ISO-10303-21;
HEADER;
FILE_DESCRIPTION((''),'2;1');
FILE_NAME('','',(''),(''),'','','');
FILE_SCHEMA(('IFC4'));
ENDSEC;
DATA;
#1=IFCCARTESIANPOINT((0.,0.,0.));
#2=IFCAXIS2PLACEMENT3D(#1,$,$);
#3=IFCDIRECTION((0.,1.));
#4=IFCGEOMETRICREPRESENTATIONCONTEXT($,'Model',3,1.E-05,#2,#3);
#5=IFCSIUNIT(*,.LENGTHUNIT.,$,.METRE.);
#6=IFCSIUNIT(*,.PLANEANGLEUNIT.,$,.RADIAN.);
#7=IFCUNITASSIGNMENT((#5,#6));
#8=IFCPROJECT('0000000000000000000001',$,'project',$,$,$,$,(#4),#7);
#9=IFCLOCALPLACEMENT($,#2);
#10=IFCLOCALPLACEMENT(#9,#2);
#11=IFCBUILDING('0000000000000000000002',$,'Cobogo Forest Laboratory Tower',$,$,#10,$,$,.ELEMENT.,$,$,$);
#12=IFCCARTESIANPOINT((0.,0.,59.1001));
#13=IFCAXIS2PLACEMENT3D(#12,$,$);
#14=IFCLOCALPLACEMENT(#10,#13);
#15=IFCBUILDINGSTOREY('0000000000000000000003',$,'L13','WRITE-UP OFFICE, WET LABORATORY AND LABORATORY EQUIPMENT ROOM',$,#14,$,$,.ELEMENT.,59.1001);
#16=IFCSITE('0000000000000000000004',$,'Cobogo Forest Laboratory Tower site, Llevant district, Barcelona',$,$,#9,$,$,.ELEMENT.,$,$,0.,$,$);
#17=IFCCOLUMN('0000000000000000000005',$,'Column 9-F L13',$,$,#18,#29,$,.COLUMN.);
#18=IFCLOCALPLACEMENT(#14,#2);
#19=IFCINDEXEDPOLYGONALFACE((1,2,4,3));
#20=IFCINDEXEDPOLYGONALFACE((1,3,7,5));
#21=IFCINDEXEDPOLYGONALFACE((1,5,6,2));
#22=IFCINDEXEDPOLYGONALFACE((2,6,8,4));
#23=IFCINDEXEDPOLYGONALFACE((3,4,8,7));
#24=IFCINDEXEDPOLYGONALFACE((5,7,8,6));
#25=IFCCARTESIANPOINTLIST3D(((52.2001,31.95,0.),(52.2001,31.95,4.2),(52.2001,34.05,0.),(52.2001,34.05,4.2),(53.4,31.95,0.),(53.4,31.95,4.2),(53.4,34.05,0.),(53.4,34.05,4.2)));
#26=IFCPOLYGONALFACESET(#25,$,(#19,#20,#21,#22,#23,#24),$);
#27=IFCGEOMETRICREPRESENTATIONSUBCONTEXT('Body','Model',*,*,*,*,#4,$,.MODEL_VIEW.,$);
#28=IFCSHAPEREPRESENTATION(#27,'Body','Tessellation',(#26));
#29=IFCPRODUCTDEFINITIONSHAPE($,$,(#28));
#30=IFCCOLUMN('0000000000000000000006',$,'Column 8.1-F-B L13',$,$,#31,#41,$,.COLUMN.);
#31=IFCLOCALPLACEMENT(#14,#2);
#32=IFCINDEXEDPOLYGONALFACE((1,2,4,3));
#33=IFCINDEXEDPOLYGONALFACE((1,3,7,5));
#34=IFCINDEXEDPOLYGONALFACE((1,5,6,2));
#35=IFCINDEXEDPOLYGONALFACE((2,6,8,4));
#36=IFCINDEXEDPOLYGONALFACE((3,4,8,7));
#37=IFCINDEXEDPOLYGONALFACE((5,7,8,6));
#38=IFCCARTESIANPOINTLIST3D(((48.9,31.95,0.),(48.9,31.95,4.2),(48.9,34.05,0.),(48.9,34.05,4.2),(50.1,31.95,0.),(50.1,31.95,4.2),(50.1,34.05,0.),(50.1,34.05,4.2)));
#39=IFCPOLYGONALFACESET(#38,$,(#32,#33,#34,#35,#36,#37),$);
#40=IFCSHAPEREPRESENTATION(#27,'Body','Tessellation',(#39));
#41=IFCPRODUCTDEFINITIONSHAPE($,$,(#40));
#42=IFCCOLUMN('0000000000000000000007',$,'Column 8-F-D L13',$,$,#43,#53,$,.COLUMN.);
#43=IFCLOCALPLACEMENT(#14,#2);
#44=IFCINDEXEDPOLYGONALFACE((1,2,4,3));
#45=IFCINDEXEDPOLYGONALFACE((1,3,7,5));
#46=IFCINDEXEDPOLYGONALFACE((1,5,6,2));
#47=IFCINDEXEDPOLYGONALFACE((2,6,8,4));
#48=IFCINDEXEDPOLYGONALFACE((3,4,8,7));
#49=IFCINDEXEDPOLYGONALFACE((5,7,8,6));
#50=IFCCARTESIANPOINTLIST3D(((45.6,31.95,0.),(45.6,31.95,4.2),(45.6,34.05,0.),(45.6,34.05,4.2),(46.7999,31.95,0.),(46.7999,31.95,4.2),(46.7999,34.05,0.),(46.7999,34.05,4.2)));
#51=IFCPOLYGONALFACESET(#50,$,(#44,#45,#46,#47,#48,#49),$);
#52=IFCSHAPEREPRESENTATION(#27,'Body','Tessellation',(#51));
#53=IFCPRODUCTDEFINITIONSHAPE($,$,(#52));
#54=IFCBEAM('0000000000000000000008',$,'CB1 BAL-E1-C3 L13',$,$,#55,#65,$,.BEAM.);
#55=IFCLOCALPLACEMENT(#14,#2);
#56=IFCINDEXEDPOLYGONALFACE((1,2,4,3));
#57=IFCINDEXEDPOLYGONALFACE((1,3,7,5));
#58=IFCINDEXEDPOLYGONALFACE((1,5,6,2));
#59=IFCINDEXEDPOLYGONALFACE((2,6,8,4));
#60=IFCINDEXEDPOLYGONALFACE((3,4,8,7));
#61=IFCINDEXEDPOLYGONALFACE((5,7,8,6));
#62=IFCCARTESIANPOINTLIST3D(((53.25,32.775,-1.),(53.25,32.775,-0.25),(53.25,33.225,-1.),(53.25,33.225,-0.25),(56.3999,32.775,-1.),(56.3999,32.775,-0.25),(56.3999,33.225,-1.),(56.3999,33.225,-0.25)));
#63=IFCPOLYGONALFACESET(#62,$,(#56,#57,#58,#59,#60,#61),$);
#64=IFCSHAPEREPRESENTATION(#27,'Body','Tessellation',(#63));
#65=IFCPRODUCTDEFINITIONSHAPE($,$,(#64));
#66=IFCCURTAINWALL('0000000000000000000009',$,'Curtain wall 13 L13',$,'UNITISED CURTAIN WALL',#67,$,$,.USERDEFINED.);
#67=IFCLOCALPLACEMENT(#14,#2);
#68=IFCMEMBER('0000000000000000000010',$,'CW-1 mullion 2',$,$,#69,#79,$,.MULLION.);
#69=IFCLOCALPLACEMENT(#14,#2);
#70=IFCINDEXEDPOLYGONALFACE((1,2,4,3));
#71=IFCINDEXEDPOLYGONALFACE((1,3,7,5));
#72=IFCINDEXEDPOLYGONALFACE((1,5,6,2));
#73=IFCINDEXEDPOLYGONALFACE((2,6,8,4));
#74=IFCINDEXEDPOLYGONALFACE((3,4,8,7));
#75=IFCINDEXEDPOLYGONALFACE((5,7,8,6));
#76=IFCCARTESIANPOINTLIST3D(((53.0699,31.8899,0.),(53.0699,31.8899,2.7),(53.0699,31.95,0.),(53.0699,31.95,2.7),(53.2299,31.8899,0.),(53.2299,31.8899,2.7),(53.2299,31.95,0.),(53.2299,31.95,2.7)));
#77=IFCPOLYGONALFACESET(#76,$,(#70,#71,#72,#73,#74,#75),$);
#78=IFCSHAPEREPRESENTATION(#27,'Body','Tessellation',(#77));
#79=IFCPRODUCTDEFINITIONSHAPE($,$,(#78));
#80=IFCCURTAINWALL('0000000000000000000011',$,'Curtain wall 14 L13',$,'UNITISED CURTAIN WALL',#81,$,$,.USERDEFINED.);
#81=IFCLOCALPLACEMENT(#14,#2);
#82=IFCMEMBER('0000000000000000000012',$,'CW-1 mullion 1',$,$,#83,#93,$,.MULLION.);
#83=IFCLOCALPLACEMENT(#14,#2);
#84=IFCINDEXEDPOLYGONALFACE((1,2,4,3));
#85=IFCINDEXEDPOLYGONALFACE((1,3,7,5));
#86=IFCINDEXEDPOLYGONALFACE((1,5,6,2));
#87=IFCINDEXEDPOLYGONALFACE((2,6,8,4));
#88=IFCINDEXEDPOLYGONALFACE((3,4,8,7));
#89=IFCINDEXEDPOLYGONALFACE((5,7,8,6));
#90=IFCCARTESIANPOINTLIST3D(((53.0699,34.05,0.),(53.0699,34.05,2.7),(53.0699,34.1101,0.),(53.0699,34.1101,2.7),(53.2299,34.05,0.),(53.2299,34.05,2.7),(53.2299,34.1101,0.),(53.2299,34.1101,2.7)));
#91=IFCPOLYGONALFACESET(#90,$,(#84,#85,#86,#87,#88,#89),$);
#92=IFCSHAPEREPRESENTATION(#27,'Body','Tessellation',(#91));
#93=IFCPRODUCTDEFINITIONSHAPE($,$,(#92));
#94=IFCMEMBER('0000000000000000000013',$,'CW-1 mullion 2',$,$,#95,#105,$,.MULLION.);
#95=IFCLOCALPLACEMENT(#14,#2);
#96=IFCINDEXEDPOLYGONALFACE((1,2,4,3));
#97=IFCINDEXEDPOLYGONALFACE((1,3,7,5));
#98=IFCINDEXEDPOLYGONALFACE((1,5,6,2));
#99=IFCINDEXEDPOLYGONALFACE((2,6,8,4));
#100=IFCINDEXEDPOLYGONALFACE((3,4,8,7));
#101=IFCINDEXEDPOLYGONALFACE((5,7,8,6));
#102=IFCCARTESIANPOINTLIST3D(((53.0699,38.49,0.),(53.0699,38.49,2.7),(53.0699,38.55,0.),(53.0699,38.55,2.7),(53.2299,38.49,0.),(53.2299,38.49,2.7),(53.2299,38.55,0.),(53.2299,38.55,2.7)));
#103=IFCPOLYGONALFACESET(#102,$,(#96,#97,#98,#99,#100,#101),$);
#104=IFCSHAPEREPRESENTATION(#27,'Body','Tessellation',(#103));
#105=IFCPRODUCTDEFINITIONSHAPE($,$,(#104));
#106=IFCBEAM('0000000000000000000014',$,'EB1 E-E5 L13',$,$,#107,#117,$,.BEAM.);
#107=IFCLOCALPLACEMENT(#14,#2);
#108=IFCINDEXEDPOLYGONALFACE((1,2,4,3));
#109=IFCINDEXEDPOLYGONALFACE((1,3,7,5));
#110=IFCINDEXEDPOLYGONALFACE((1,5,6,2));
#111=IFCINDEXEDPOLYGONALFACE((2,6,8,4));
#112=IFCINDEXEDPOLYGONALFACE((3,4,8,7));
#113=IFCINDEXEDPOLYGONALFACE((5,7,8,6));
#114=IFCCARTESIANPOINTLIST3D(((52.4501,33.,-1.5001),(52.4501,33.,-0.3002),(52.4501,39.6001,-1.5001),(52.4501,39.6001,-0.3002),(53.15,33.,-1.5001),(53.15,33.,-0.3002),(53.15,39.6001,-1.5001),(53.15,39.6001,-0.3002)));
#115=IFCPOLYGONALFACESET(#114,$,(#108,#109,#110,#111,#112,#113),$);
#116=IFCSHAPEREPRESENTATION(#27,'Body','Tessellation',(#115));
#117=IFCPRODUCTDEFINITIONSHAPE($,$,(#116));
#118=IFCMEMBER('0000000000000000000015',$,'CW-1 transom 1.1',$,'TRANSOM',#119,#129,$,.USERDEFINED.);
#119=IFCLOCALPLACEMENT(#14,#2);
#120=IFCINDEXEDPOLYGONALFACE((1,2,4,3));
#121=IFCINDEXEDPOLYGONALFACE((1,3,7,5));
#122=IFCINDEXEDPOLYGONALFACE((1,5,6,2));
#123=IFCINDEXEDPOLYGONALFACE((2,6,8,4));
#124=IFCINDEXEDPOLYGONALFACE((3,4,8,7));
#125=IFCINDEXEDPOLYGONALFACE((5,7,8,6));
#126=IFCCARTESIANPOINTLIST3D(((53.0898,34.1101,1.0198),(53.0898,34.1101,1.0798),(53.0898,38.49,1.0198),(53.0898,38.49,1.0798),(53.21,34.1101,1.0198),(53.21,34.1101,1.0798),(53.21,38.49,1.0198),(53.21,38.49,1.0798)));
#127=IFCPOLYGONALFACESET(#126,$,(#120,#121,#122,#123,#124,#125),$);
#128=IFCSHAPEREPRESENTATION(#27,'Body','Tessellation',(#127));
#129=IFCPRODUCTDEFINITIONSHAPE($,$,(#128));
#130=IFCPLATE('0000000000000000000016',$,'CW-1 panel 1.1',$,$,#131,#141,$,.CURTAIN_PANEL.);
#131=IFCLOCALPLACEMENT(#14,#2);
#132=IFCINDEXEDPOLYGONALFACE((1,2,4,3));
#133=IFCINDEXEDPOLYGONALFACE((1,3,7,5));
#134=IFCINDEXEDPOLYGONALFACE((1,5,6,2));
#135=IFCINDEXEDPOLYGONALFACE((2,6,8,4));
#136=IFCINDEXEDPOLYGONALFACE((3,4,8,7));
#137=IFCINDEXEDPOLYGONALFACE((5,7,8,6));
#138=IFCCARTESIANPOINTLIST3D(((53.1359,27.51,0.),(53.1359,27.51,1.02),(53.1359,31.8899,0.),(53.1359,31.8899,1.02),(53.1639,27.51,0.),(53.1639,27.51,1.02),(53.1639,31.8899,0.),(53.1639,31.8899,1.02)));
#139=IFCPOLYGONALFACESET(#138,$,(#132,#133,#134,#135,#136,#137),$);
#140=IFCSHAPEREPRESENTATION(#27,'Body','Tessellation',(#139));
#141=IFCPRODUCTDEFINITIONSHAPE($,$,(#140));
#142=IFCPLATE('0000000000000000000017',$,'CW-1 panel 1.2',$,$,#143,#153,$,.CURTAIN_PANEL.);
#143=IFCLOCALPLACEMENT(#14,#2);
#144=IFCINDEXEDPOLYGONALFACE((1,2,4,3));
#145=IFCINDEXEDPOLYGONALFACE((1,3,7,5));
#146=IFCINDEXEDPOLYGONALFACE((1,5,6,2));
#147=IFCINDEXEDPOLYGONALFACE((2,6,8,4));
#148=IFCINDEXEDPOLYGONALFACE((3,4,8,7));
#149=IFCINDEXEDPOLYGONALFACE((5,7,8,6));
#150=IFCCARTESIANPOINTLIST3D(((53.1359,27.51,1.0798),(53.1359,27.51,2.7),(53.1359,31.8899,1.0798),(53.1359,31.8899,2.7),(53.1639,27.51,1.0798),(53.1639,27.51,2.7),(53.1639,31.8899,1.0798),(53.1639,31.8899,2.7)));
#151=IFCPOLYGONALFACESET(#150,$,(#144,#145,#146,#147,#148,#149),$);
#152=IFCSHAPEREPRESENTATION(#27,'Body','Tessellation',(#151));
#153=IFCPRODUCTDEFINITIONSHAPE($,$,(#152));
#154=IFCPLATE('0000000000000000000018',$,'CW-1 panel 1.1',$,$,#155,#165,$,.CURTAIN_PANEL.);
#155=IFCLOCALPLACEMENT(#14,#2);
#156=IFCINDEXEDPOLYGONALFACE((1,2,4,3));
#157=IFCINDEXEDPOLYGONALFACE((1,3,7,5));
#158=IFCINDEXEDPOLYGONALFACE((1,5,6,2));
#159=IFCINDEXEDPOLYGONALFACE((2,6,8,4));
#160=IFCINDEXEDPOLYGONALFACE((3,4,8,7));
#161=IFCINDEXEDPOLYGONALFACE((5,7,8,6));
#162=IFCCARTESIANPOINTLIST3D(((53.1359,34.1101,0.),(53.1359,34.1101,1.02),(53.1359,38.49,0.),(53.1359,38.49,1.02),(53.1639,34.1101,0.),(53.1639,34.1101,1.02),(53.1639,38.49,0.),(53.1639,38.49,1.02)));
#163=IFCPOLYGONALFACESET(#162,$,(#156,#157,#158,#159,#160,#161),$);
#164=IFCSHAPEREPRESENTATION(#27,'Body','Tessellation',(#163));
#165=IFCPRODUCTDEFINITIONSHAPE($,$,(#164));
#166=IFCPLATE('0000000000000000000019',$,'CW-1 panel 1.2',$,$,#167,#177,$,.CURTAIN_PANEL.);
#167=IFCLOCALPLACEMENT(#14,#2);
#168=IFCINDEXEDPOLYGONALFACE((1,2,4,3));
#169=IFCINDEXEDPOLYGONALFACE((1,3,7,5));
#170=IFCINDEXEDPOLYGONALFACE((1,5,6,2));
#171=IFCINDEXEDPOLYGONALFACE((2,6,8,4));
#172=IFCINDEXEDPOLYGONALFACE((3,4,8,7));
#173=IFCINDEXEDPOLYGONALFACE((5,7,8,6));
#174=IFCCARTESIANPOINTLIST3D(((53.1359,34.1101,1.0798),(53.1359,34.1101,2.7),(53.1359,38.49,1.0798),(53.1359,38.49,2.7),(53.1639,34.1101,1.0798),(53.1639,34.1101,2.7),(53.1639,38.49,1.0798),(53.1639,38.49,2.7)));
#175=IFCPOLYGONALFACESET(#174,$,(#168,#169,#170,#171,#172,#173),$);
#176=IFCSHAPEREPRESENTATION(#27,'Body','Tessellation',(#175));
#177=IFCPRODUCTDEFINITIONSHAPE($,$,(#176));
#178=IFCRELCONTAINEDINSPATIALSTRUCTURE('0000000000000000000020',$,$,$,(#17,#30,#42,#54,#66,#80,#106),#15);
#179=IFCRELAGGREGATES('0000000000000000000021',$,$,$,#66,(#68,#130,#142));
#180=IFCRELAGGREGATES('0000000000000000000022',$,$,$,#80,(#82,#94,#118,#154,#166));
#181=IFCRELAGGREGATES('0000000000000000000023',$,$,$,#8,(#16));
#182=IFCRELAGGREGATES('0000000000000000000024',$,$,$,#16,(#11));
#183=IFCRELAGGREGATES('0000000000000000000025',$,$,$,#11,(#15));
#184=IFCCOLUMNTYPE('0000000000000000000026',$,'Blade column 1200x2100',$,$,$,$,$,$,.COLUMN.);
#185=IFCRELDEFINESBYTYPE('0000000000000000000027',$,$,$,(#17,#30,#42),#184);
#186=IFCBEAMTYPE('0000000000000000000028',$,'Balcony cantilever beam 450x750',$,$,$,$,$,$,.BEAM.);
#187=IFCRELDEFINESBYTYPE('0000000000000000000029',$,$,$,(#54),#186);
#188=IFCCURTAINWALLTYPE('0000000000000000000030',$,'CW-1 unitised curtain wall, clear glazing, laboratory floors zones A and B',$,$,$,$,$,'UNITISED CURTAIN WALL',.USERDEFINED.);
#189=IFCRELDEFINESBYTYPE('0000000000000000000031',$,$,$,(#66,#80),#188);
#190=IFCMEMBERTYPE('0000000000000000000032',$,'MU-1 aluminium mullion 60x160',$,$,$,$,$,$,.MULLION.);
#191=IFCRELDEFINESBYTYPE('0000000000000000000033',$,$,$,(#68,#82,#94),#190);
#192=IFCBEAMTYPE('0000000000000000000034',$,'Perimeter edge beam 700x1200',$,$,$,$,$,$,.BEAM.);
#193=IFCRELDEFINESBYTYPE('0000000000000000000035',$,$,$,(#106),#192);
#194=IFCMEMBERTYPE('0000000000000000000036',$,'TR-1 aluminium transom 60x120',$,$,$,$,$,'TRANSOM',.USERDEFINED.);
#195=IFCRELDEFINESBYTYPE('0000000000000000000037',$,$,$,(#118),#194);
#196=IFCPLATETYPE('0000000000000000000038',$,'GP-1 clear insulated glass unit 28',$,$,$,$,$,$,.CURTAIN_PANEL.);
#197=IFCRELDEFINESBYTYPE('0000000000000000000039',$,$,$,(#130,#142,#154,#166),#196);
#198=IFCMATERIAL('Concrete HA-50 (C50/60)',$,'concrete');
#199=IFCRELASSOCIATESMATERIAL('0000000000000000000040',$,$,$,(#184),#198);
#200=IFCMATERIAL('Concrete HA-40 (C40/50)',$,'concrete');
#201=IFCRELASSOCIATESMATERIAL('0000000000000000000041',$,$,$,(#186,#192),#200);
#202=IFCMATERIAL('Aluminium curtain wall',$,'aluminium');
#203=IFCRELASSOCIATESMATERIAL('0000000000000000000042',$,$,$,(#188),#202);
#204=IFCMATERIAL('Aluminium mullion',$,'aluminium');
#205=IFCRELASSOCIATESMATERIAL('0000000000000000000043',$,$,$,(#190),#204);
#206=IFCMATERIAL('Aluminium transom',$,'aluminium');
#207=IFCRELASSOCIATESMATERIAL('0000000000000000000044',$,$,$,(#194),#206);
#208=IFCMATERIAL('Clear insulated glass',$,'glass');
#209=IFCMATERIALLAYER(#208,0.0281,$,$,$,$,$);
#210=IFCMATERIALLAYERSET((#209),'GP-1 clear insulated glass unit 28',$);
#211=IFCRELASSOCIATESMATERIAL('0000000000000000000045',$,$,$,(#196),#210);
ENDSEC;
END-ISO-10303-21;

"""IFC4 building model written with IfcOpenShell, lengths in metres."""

from ifc_helpers import new_model, si_unit, direction, frame, origin, origin_2d, place, context, subcontext, project, spatial, rectangle, extrude, material, layer, layer_set, material_profile, profile_set, type_object, element, aggregate, save


model = new_model("IFC4")

# Units and contexts
model_context = context("Model", 3, precision=1e-05, world=origin(), true_north=direction((0.0, 1.0)))
body_context = subcontext(model_context, "Body", "Model", "MODEL_VIEW")
ifc_project = project(units=[si_unit("LENGTHUNIT", "METRE"), si_unit("PLANEANGLEUNIT", "RADIAN")], contexts=[model_context])

# Site, building, storey
site_placement = place(None, origin())
site = spatial("IfcSite", under=ifc_project, at=site_placement, Name="Cobogo Forest Laboratory Tower site, Llevant district, Barcelona", CompositionType="ELEMENT", RefElevation=0.0)
building_placement = place(site_placement, origin())
building = spatial("IfcBuilding", under=site, at=building_placement, Name="Cobogo Forest Laboratory Tower", CompositionType="ELEMENT")
storey_placement = place(building_placement, frame((0.0, 0.0, 59.1001)))
storey = spatial("IfcBuildingStorey", under=building, at=storey_placement, Name="L13", Description="WRITE-UP OFFICE, WET LABORATORY AND LABORATORY EQUIPMENT ROOM", CompositionType="ELEMENT", Elevation=59.1001)

# Columns
ifc_material_1 = material(Name="Concrete HA-50 (C50/60)", Category="concrete")
ifc_material_profile_1 = material_profile(ifc_material_1, rectangle(XDim=2.1001, YDim=1.2, at=origin_2d()), Name="RC 1200x2100")
ifc_profile_set_1 = profile_set([ifc_material_profile_1], Name="Concrete HA-50 (C50/60)")
column_type = type_object("IfcColumnType", Name="Blade column 1200x2100", PredefinedType="COLUMN", material=ifc_profile_set_1)
for number, where, z_axis, x_axis, name in (
    (1, (52.8, 33.0, 0.0), (0.0, 0.0, 1.0), (0.0, 1.0, 0.0), "Column 9-F L13"),
    (2, (49.5, 33.0, 0.0), (0.0, 0.0, 1.0), (0.0, 1.0, 0.0), "Column 8.1-F-B L13"),
    (3, (46.2, 33.0, 0.0), (0.0, 0.0, 1.0), (0.0, 1.0, 0.0), "Column 8-F-D L13"),
):
    element("IfcColumn", number, at=place(storey_placement, frame(where, z_axis=z_axis, x_axis=x_axis)), inside=storey, type_object=column_type, Name=name, PredefinedType="COLUMN", context=body_context, shape_type="SweptSolid", body=[
        extrude(rectangle(XDim=2.1001, YDim=1.2, at=origin_2d()), origin(), (0.0, 0.0, 1.0), 4.2),
    ])

# Beam
ifc_material_2 = material(Name="Concrete HA-40 (C40/50)", Category="concrete")
ifc_material_profile_2 = material_profile(ifc_material_2, rectangle(XDim=0.45, YDim=0.75, at=origin_2d()), Name="RC 450x750")
ifc_profile_set_2 = profile_set([ifc_material_profile_2], Name="Concrete HA-40 (C40/50)")
beam_type_1 = type_object("IfcBeamType", Name="Balcony cantilever beam 450x750", PredefinedType="BEAM", material=ifc_profile_set_2)
beam_1_placement = place(storey_placement, frame((53.25, 33.0, -0.625), z_axis=(1.0, 0.0, 0.0), x_axis=(0.0, 1.0, 0.0)))
element("IfcBeam", 4, at=beam_1_placement, inside=storey, type_object=beam_type_1, Name="CB1 BAL-E1-C3 L13", PredefinedType="BEAM", context=body_context, shape_type="SweptSolid", body=[
    extrude(rectangle(XDim=0.45, YDim=0.75, at=origin_2d()), origin(), (0.0, 0.0, 1.0), 3.1499),
])

# Curtain wall, member
ifc_material_3 = material(Name="Aluminium curtain wall", Category="aluminium")
curtain_wall_type = type_object("IfcCurtainWallType", Name="CW-1 unitised curtain wall, clear glazing, laboratory floors zones A and B", ElementType="UNITISED CURTAIN WALL", PredefinedType="USERDEFINED", material=ifc_material_3)
curtain_wall_1_placement = place(storey_placement, origin())
curtain_wall_1 = element("IfcCurtainWall", 5, at=curtain_wall_1_placement, inside=storey, type_object=curtain_wall_type, Name="Curtain wall 13 L13", ObjectType="UNITISED CURTAIN WALL", PredefinedType="USERDEFINED")
ifc_material_4 = material(Name="Aluminium mullion", Category="aluminium")
ifc_material_profile_3 = material_profile(ifc_material_4, rectangle(XDim=0.0601, YDim=0.1599, at=origin_2d()), Name="AL 60x160")
ifc_profile_set_3 = profile_set([ifc_material_profile_3], Name="Aluminium mullion")
member_type_1 = type_object("IfcMemberType", Name="MU-1 aluminium mullion 60x160", PredefinedType="MULLION", material=ifc_profile_set_3)
member_1_placement = place(storey_placement, frame((53.1499, 31.9199, 0.0), z_axis=(0.0, 0.0, 1.0), x_axis=(0.0, 1.0, 0.0)))
member_1 = element("IfcMember", 6, at=member_1_placement, type_object=member_type_1, Name="CW-1 mullion 2", PredefinedType="MULLION", context=body_context, shape_type="SweptSolid", body=[
    extrude(rectangle(XDim=0.0601, YDim=0.1599, at=origin_2d()), origin(), (0.0, 0.0, 1.0), 2.7),
])

# Curtain wall, members
curtain_wall_2_placement = place(storey_placement, origin())
curtain_wall_2 = element("IfcCurtainWall", 7, at=curtain_wall_2_placement, inside=storey, type_object=curtain_wall_type, Name="Curtain wall 14 L13", ObjectType="UNITISED CURTAIN WALL", PredefinedType="USERDEFINED")
member_2_placement = place(storey_placement, frame((53.1499, 34.0801, 0.0), z_axis=(0.0, 0.0, 1.0), x_axis=(0.0, 1.0, 0.0)))
member_2 = element("IfcMember", 8, at=member_2_placement, type_object=member_type_1, Name="CW-1 mullion 1", PredefinedType="MULLION", context=body_context, shape_type="SweptSolid", body=[
    extrude(rectangle(XDim=0.0601, YDim=0.1599, at=origin_2d()), origin(), (0.0, 0.0, 1.0), 2.7),
])
member_3_placement = place(storey_placement, frame((53.1499, 38.52, 0.0), z_axis=(0.0, 0.0, 1.0), x_axis=(0.0, 1.0, 0.0)))
member_3 = element("IfcMember", 9, at=member_3_placement, type_object=member_type_1, Name="CW-1 mullion 2", PredefinedType="MULLION", context=body_context, shape_type="SweptSolid", body=[
    extrude(rectangle(XDim=0.0601, YDim=0.1599, at=origin_2d()), origin(), (0.0, 0.0, 1.0), 2.7),
])

# Beam
ifc_material_profile_4 = material_profile(ifc_material_2, rectangle(XDim=0.7, YDim=1.2, at=origin_2d()), Name="RC 700x1200")
ifc_profile_set_4 = profile_set([ifc_material_profile_4], Name="Concrete HA-40 (C40/50)")
beam_type_2 = type_object("IfcBeamType", Name="Perimeter edge beam 700x1200", PredefinedType="BEAM", material=ifc_profile_set_4)
beam_2_placement = place(storey_placement, frame((52.8, 33.0, -0.9001), z_axis=(0.0, 1.0, 0.0), x_axis=(-1.0, 0.0, 0.0)))
element("IfcBeam", 10, at=beam_2_placement, inside=storey, type_object=beam_type_2, Name="EB1 E-E5 L13", PredefinedType="BEAM", context=body_context, shape_type="SweptSolid", body=[
    extrude(rectangle(XDim=0.7, YDim=1.2, at=origin_2d()), origin(), (0.0, 0.0, 1.0), 6.6001),
])

# Member
ifc_material_5 = material(Name="Aluminium transom", Category="aluminium")
ifc_material_profile_5 = material_profile(ifc_material_5, rectangle(XDim=0.1201, YDim=0.0601, at=origin_2d()), Name="AL 60x120")
ifc_profile_set_5 = profile_set([ifc_material_profile_5], Name="Aluminium transom")
member_type_2 = type_object("IfcMemberType", Name="TR-1 aluminium transom 60x120", ElementType="TRANSOM", PredefinedType="USERDEFINED", material=ifc_profile_set_5)
member_4_placement = place(storey_placement, frame((53.1499, 34.1101, 1.0498), z_axis=(0.0, 1.0, 0.0), x_axis=(-1.0, 0.0, 0.0)))
member_4 = element("IfcMember", 11, at=member_4_placement, type_object=member_type_2, Name="CW-1 transom 1.1", ObjectType="TRANSOM", PredefinedType="USERDEFINED", context=body_context, shape_type="SweptSolid", body=[
    extrude(rectangle(XDim=0.1201, YDim=0.0601, at=origin_2d()), origin(), (0.0, 0.0, 1.0), 4.3799),
])

# Plates
ifc_material_6 = material(Name="Clear insulated glass", Category="glass")
ifc_layer_1 = layer(ifc_material_6, 0.0281)
ifc_layer_set_1 = layer_set([ifc_layer_1], Name="GP-1 clear insulated glass unit 28")
plate_type_1 = type_object("IfcPlateType", Name="GP-1 clear insulated glass unit 28", PredefinedType="CURTAIN_PANEL", material=ifc_layer_set_1)
plate_1_placement = place(storey_placement, frame((53.1499, 29.7, 0.0), z_axis=(0.0, 0.0, 1.0), x_axis=(0.0, 1.0, 0.0)))
plate_1 = element("IfcPlate", 12, at=plate_1_placement, type_object=plate_type_1, Name="CW-1 panel 1.1", PredefinedType="CURTAIN_PANEL", context=body_context, shape_type="SweptSolid", body=[
    extrude(rectangle(XDim=4.3799, YDim=0.0281, at=origin_2d()), origin(), (0.0, 0.0, 1.0), 1.02),
])
plate_2_placement = place(storey_placement, frame((53.1499, 29.7, 1.0798), z_axis=(0.0, 0.0, 1.0), x_axis=(0.0, 1.0, 0.0)))
plate_2 = element("IfcPlate", 13, at=plate_2_placement, type_object=plate_type_1, Name="CW-1 panel 1.2", PredefinedType="CURTAIN_PANEL", context=body_context, shape_type="SweptSolid", body=[
    extrude(rectangle(XDim=4.3799, YDim=0.0281, at=origin_2d()), origin(), (0.0, 0.0, 1.0), 1.6201),
])
aggregate(curtain_wall_1, [member_1, plate_1, plate_2])
plate_3_placement = place(storey_placement, frame((53.1499, 36.3, 0.0), z_axis=(0.0, 0.0, 1.0), x_axis=(0.0, 1.0, 0.0)))
plate_3 = element("IfcPlate", 14, at=plate_3_placement, type_object=plate_type_1, Name="CW-1 panel 1.1", PredefinedType="CURTAIN_PANEL", context=body_context, shape_type="SweptSolid", body=[
    extrude(rectangle(XDim=4.3799, YDim=0.0281, at=origin_2d()), origin(), (0.0, 0.0, 1.0), 1.02),
])
plate_4_placement = place(storey_placement, frame((53.1499, 36.3, 1.0798), z_axis=(0.0, 0.0, 1.0), x_axis=(0.0, 1.0, 0.0)))
plate_4 = element("IfcPlate", 15, at=plate_4_placement, type_object=plate_type_1, Name="CW-1 panel 1.2", PredefinedType="CURTAIN_PANEL", context=body_context, shape_type="SweptSolid", body=[
    extrude(rectangle(XDim=4.3799, YDim=0.0281, at=origin_2d()), origin(), (0.0, 0.0, 1.0), 1.6201),
])
aggregate(curtain_wall_2, [member_2, member_3, member_4, plate_3, plate_4])

save(model, "model.ifc")
